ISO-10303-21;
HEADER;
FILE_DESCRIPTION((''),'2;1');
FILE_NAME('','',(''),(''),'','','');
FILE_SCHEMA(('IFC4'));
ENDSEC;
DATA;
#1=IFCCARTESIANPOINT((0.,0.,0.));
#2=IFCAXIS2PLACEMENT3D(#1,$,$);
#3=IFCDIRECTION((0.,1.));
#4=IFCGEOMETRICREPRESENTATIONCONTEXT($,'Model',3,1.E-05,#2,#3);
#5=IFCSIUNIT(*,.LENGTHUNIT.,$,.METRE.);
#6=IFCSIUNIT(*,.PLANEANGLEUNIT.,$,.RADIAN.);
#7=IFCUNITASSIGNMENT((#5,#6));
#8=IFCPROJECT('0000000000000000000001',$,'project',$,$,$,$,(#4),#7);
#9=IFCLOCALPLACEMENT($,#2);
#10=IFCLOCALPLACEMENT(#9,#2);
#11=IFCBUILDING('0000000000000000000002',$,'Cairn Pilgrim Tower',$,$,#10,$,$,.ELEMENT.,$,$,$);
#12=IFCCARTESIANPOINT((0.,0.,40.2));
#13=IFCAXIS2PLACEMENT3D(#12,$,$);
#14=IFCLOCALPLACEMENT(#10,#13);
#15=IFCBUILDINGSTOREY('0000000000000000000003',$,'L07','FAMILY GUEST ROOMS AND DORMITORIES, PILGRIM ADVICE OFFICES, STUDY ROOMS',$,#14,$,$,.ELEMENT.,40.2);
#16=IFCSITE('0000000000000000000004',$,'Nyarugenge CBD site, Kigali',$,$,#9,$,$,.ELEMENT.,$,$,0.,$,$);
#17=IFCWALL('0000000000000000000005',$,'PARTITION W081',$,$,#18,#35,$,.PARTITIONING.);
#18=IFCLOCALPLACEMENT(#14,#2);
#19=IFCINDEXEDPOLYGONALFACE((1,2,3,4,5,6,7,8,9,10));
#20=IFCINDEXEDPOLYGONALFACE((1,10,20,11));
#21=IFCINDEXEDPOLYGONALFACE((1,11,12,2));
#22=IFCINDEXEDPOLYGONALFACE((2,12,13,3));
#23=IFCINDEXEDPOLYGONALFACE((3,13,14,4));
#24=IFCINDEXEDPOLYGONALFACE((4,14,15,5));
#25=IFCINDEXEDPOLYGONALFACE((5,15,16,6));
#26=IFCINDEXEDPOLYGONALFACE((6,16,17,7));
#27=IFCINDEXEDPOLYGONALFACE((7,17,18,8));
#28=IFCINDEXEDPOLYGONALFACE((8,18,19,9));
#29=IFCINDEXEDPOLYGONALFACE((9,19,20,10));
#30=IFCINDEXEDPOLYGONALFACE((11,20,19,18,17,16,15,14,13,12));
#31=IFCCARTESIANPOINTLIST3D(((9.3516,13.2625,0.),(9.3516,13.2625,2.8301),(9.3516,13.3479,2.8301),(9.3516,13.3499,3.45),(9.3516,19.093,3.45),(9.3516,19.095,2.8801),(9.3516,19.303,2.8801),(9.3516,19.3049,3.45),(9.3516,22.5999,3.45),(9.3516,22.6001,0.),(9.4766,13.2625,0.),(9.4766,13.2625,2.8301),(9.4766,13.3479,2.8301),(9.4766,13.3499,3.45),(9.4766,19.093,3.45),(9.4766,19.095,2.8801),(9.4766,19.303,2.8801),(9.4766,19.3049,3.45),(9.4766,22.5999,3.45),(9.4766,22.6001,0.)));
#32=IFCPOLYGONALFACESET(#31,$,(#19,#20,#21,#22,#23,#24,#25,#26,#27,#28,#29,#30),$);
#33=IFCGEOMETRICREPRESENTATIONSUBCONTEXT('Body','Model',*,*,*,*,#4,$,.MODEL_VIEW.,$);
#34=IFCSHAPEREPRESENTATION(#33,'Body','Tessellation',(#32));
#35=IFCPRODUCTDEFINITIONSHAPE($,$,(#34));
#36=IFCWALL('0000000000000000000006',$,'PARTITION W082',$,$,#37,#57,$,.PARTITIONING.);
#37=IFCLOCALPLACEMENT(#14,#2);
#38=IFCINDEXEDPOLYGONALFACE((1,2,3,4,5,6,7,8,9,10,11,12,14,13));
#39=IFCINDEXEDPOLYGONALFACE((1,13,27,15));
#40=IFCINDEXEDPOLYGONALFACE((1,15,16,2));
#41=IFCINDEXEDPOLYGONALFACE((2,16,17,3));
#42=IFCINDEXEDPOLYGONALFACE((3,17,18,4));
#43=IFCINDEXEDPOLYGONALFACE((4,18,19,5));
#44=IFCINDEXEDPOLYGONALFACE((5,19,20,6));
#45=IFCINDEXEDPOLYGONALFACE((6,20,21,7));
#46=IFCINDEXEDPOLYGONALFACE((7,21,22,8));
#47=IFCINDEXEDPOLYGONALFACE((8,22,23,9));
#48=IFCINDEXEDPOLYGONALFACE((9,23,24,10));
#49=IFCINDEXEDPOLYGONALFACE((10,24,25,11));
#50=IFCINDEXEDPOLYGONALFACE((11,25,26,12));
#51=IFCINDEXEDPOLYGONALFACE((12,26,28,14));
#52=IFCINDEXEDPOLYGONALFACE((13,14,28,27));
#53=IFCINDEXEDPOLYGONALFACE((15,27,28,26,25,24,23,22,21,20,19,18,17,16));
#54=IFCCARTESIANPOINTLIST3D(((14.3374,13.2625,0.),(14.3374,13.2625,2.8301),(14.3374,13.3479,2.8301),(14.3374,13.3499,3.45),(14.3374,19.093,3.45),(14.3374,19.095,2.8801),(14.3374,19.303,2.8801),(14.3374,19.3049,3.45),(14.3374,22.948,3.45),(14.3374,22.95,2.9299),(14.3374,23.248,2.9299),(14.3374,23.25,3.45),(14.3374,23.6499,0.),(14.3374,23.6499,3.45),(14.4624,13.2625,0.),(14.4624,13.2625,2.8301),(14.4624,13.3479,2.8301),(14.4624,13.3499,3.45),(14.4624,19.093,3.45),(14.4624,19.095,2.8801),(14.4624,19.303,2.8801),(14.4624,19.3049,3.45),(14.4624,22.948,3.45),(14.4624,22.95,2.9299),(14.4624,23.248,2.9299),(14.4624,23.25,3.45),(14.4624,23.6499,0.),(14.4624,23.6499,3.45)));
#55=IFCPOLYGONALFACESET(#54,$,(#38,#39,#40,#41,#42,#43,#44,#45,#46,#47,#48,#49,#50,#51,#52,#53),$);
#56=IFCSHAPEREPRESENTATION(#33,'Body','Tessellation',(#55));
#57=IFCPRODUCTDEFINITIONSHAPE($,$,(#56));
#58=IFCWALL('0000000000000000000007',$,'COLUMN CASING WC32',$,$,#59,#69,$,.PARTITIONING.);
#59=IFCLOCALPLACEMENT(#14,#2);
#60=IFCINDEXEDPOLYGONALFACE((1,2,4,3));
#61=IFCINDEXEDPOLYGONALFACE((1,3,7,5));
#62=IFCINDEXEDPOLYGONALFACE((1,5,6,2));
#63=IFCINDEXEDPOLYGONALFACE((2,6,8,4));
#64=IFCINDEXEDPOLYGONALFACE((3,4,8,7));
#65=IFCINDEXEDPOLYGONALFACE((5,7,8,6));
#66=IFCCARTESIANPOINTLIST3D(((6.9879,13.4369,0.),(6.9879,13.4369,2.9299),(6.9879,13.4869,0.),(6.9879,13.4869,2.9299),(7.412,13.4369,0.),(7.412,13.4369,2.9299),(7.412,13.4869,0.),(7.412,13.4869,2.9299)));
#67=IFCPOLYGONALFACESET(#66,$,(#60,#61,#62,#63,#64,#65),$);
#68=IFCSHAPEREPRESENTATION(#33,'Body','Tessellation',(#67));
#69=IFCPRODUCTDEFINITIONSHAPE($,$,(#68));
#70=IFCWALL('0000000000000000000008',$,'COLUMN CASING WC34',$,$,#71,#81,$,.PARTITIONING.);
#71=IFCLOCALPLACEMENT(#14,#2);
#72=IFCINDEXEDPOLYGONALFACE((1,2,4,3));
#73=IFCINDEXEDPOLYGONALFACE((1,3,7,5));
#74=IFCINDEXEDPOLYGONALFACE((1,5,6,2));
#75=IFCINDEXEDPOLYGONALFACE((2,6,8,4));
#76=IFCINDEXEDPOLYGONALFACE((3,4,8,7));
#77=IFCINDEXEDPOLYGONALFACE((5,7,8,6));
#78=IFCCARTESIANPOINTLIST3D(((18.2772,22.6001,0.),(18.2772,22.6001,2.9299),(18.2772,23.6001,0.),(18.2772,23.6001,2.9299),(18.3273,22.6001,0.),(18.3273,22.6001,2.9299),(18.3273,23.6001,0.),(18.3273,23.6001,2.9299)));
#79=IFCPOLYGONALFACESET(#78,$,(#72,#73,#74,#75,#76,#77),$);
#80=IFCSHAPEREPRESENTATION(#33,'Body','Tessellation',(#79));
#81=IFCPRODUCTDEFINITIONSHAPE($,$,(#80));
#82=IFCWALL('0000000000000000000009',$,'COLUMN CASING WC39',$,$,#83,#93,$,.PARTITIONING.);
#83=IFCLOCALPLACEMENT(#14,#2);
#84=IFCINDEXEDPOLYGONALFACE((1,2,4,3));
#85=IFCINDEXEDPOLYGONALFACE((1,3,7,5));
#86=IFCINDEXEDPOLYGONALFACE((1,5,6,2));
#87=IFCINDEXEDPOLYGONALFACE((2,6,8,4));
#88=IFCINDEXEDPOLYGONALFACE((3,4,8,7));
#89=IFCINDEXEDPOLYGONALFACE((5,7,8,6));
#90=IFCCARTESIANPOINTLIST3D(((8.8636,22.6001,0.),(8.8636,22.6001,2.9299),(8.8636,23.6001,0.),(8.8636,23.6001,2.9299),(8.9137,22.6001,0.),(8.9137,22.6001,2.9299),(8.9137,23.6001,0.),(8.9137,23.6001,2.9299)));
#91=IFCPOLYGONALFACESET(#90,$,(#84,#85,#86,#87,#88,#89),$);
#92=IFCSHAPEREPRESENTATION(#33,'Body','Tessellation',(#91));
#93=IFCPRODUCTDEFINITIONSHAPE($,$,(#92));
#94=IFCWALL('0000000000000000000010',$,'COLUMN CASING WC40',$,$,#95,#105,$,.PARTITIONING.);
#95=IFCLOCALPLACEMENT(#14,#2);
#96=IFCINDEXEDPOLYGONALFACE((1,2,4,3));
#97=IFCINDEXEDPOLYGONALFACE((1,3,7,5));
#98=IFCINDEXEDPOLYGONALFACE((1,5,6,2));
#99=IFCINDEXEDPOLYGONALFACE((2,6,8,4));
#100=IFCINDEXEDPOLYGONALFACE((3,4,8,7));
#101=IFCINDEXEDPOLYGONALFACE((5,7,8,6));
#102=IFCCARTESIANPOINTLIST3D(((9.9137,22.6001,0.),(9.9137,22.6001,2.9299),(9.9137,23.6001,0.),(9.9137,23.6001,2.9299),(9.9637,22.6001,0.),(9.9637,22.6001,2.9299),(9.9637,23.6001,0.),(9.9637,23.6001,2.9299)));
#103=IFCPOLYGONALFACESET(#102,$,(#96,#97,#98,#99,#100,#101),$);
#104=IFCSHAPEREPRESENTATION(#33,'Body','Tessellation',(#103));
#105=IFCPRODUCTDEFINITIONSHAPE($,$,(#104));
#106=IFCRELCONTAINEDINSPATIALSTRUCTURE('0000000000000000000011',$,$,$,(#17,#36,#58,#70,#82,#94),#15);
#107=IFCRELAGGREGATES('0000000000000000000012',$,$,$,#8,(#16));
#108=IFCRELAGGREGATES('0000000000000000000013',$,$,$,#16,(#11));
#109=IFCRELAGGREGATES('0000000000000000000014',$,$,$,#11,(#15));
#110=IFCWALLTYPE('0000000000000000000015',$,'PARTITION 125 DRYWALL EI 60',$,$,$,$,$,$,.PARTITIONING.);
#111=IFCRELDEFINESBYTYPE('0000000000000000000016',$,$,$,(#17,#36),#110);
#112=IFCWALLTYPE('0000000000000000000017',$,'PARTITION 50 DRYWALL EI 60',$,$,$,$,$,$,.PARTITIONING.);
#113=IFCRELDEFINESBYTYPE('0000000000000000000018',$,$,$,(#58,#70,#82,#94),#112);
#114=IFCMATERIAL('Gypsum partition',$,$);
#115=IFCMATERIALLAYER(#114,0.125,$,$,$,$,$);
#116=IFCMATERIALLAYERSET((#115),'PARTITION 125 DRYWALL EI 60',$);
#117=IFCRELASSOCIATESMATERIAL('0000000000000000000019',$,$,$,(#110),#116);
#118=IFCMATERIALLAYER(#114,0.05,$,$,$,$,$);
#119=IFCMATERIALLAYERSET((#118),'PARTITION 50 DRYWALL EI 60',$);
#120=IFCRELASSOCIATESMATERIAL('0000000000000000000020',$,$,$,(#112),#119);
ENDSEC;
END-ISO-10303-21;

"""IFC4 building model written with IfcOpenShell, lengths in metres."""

from ifc_helpers import new_model, si_unit, direction, frame, frame_2d, origin, place, context, subcontext, project, spatial, polyline, rectangle, outline, extrude, material, layer, layer_set, type_object, element, save


model = new_model("IFC4")

# Units and contexts
model_context = context("Model", 3, precision=1e-05, world=origin(), true_north=direction((0.0, 1.0)))
body_context = subcontext(model_context, "Body", "Model", "MODEL_VIEW")
ifc_project = project(units=[si_unit("LENGTHUNIT", "METRE"), si_unit("PLANEANGLEUNIT", "RADIAN")], contexts=[model_context])

# Site, building, storey
site_placement = place(None, origin())
site = spatial("IfcSite", under=ifc_project, at=site_placement, Name="Nyarugenge CBD site, Kigali", CompositionType="ELEMENT", RefElevation=0.0)
building_placement = place(site_placement, origin())
building = spatial("IfcBuilding", under=site, at=building_placement, Name="Cairn Pilgrim Tower", CompositionType="ELEMENT")
storey_placement = place(building_placement, frame((0.0, 0.0, 40.2)))
storey = spatial("IfcBuildingStorey", under=building, at=storey_placement, Name="L07", Description="FAMILY GUEST ROOMS AND DORMITORIES, PILGRIM ADVICE OFFICES, STUDY ROOMS", CompositionType="ELEMENT", Elevation=40.2)

# Shared definitions
ifc_material_1 = material(Name="Gypsum partition")
ifc_layer_1 = layer(ifc_material_1, 0.125)
ifc_layer_set_1 = layer_set([ifc_layer_1], Name="PARTITION 125 DRYWALL EI 60")
wall_type_1 = type_object("IfcWallType", Name="PARTITION 125 DRYWALL EI 60", PredefinedType="PARTITIONING", material=ifc_layer_set_1)

# Walls
wall_1_placement = place(storey_placement, frame((9.4141, 13.2625, 0.0), z_axis=(0.0, 0.0, 1.0), x_axis=(0.0, 1.0, 0.0)))
element("IfcWall", 1, at=wall_1_placement, inside=storey, type_object=wall_type_1, Name="PARTITION W081", PredefinedType="PARTITIONING", context=body_context, shape_type="SweptSolid", body=[
    extrude(outline(polyline([(0.0, 0.0), (9.3376, 0.0), (9.3374, 3.45), (6.0425, 3.45), (6.0405, 2.8801), (5.8325, 2.8801), (5.8306, 3.45), (0.0874, 3.45), (0.0854, 2.8301), (0.0, 2.8301), (0.0, 0.0)])), frame((0.0, 0.0625, 0.0), z_axis=(0.0, -1.0, 0.0), x_axis=(1.0, 0.0, 0.0)), (0.0, 0.0, 1.0), 0.125),
])
wall_2_placement = place(storey_placement, frame((14.3999, 13.2625, 0.0), z_axis=(0.0, 0.0, 1.0), x_axis=(0.0, 1.0, 0.0)))
element("IfcWall", 2, at=wall_2_placement, inside=storey, type_object=wall_type_1, Name="PARTITION W082", PredefinedType="PARTITIONING", context=body_context, shape_type="SweptSolid", body=[
    extrude(outline(polyline([(0.0, 0.0), (10.3875, 0.0), (10.3875, 3.45), (9.9875, 3.45), (9.9856, 2.9299), (9.6875, 2.9299), (9.6855, 3.45), (6.0425, 3.45), (6.0405, 2.8801), (5.8325, 2.8801), (5.8306, 3.45), (0.0874, 3.45), (0.0854, 2.8301), (0.0, 2.8301), (0.0, 0.0)])), frame((0.0, 0.0625, 0.0), z_axis=(0.0, -1.0, 0.0), x_axis=(1.0, 0.0, 0.0)), (0.0, 0.0, 1.0), 0.125),
])
ifc_layer_2 = layer(ifc_material_1, 0.05)
ifc_layer_set_2 = layer_set([ifc_layer_2], Name="PARTITION 50 DRYWALL EI 60")
wall_type_2 = type_object("IfcWallType", Name="PARTITION 50 DRYWALL EI 60", PredefinedType="PARTITIONING", material=ifc_layer_set_2)
wall_3_placement = place(storey_placement, frame((6.988, 13.4619, 0.0), z_axis=(0.0, 0.0, 1.0), x_axis=(1.0, 0.0, 0.0)))
element("IfcWall", 3, at=wall_3_placement, inside=storey, type_object=wall_type_2, Name="COLUMN CASING WC32", PredefinedType="PARTITIONING", context=body_context, shape_type="SweptSolid", body=[
    extrude(rectangle(XDim=0.4241, YDim=0.05, at=frame_2d((0.2119, 0.0))), origin(), (0.0, 0.0, 1.0), 2.9299),
])
for number, where, z_axis, x_axis, name in (
    (4, (18.3022, 22.6001, 0.0), (0.0, 0.0, 1.0), (0.0, 1.0, 0.0), "COLUMN CASING WC34"),
    (5, (8.8887, 22.6001, 0.0), (0.0, 0.0, 1.0), (0.0, 1.0, 0.0), "COLUMN CASING WC39"),
    (6, (9.9387, 22.6001, 0.0), (0.0, 0.0, 1.0), (0.0, 1.0, 0.0), "COLUMN CASING WC40"),
):
    element("IfcWall", number, at=place(storey_placement, frame(where, z_axis=z_axis, x_axis=x_axis)), inside=storey, type_object=wall_type_2, Name=name, PredefinedType="PARTITIONING", context=body_context, shape_type="SweptSolid", body=[
        extrude(rectangle(XDim=1.0, YDim=0.05, at=frame_2d((0.5, 0.0))), origin(), (0.0, 0.0, 1.0), 2.9299),
    ])

save(model, "model.ifc")
